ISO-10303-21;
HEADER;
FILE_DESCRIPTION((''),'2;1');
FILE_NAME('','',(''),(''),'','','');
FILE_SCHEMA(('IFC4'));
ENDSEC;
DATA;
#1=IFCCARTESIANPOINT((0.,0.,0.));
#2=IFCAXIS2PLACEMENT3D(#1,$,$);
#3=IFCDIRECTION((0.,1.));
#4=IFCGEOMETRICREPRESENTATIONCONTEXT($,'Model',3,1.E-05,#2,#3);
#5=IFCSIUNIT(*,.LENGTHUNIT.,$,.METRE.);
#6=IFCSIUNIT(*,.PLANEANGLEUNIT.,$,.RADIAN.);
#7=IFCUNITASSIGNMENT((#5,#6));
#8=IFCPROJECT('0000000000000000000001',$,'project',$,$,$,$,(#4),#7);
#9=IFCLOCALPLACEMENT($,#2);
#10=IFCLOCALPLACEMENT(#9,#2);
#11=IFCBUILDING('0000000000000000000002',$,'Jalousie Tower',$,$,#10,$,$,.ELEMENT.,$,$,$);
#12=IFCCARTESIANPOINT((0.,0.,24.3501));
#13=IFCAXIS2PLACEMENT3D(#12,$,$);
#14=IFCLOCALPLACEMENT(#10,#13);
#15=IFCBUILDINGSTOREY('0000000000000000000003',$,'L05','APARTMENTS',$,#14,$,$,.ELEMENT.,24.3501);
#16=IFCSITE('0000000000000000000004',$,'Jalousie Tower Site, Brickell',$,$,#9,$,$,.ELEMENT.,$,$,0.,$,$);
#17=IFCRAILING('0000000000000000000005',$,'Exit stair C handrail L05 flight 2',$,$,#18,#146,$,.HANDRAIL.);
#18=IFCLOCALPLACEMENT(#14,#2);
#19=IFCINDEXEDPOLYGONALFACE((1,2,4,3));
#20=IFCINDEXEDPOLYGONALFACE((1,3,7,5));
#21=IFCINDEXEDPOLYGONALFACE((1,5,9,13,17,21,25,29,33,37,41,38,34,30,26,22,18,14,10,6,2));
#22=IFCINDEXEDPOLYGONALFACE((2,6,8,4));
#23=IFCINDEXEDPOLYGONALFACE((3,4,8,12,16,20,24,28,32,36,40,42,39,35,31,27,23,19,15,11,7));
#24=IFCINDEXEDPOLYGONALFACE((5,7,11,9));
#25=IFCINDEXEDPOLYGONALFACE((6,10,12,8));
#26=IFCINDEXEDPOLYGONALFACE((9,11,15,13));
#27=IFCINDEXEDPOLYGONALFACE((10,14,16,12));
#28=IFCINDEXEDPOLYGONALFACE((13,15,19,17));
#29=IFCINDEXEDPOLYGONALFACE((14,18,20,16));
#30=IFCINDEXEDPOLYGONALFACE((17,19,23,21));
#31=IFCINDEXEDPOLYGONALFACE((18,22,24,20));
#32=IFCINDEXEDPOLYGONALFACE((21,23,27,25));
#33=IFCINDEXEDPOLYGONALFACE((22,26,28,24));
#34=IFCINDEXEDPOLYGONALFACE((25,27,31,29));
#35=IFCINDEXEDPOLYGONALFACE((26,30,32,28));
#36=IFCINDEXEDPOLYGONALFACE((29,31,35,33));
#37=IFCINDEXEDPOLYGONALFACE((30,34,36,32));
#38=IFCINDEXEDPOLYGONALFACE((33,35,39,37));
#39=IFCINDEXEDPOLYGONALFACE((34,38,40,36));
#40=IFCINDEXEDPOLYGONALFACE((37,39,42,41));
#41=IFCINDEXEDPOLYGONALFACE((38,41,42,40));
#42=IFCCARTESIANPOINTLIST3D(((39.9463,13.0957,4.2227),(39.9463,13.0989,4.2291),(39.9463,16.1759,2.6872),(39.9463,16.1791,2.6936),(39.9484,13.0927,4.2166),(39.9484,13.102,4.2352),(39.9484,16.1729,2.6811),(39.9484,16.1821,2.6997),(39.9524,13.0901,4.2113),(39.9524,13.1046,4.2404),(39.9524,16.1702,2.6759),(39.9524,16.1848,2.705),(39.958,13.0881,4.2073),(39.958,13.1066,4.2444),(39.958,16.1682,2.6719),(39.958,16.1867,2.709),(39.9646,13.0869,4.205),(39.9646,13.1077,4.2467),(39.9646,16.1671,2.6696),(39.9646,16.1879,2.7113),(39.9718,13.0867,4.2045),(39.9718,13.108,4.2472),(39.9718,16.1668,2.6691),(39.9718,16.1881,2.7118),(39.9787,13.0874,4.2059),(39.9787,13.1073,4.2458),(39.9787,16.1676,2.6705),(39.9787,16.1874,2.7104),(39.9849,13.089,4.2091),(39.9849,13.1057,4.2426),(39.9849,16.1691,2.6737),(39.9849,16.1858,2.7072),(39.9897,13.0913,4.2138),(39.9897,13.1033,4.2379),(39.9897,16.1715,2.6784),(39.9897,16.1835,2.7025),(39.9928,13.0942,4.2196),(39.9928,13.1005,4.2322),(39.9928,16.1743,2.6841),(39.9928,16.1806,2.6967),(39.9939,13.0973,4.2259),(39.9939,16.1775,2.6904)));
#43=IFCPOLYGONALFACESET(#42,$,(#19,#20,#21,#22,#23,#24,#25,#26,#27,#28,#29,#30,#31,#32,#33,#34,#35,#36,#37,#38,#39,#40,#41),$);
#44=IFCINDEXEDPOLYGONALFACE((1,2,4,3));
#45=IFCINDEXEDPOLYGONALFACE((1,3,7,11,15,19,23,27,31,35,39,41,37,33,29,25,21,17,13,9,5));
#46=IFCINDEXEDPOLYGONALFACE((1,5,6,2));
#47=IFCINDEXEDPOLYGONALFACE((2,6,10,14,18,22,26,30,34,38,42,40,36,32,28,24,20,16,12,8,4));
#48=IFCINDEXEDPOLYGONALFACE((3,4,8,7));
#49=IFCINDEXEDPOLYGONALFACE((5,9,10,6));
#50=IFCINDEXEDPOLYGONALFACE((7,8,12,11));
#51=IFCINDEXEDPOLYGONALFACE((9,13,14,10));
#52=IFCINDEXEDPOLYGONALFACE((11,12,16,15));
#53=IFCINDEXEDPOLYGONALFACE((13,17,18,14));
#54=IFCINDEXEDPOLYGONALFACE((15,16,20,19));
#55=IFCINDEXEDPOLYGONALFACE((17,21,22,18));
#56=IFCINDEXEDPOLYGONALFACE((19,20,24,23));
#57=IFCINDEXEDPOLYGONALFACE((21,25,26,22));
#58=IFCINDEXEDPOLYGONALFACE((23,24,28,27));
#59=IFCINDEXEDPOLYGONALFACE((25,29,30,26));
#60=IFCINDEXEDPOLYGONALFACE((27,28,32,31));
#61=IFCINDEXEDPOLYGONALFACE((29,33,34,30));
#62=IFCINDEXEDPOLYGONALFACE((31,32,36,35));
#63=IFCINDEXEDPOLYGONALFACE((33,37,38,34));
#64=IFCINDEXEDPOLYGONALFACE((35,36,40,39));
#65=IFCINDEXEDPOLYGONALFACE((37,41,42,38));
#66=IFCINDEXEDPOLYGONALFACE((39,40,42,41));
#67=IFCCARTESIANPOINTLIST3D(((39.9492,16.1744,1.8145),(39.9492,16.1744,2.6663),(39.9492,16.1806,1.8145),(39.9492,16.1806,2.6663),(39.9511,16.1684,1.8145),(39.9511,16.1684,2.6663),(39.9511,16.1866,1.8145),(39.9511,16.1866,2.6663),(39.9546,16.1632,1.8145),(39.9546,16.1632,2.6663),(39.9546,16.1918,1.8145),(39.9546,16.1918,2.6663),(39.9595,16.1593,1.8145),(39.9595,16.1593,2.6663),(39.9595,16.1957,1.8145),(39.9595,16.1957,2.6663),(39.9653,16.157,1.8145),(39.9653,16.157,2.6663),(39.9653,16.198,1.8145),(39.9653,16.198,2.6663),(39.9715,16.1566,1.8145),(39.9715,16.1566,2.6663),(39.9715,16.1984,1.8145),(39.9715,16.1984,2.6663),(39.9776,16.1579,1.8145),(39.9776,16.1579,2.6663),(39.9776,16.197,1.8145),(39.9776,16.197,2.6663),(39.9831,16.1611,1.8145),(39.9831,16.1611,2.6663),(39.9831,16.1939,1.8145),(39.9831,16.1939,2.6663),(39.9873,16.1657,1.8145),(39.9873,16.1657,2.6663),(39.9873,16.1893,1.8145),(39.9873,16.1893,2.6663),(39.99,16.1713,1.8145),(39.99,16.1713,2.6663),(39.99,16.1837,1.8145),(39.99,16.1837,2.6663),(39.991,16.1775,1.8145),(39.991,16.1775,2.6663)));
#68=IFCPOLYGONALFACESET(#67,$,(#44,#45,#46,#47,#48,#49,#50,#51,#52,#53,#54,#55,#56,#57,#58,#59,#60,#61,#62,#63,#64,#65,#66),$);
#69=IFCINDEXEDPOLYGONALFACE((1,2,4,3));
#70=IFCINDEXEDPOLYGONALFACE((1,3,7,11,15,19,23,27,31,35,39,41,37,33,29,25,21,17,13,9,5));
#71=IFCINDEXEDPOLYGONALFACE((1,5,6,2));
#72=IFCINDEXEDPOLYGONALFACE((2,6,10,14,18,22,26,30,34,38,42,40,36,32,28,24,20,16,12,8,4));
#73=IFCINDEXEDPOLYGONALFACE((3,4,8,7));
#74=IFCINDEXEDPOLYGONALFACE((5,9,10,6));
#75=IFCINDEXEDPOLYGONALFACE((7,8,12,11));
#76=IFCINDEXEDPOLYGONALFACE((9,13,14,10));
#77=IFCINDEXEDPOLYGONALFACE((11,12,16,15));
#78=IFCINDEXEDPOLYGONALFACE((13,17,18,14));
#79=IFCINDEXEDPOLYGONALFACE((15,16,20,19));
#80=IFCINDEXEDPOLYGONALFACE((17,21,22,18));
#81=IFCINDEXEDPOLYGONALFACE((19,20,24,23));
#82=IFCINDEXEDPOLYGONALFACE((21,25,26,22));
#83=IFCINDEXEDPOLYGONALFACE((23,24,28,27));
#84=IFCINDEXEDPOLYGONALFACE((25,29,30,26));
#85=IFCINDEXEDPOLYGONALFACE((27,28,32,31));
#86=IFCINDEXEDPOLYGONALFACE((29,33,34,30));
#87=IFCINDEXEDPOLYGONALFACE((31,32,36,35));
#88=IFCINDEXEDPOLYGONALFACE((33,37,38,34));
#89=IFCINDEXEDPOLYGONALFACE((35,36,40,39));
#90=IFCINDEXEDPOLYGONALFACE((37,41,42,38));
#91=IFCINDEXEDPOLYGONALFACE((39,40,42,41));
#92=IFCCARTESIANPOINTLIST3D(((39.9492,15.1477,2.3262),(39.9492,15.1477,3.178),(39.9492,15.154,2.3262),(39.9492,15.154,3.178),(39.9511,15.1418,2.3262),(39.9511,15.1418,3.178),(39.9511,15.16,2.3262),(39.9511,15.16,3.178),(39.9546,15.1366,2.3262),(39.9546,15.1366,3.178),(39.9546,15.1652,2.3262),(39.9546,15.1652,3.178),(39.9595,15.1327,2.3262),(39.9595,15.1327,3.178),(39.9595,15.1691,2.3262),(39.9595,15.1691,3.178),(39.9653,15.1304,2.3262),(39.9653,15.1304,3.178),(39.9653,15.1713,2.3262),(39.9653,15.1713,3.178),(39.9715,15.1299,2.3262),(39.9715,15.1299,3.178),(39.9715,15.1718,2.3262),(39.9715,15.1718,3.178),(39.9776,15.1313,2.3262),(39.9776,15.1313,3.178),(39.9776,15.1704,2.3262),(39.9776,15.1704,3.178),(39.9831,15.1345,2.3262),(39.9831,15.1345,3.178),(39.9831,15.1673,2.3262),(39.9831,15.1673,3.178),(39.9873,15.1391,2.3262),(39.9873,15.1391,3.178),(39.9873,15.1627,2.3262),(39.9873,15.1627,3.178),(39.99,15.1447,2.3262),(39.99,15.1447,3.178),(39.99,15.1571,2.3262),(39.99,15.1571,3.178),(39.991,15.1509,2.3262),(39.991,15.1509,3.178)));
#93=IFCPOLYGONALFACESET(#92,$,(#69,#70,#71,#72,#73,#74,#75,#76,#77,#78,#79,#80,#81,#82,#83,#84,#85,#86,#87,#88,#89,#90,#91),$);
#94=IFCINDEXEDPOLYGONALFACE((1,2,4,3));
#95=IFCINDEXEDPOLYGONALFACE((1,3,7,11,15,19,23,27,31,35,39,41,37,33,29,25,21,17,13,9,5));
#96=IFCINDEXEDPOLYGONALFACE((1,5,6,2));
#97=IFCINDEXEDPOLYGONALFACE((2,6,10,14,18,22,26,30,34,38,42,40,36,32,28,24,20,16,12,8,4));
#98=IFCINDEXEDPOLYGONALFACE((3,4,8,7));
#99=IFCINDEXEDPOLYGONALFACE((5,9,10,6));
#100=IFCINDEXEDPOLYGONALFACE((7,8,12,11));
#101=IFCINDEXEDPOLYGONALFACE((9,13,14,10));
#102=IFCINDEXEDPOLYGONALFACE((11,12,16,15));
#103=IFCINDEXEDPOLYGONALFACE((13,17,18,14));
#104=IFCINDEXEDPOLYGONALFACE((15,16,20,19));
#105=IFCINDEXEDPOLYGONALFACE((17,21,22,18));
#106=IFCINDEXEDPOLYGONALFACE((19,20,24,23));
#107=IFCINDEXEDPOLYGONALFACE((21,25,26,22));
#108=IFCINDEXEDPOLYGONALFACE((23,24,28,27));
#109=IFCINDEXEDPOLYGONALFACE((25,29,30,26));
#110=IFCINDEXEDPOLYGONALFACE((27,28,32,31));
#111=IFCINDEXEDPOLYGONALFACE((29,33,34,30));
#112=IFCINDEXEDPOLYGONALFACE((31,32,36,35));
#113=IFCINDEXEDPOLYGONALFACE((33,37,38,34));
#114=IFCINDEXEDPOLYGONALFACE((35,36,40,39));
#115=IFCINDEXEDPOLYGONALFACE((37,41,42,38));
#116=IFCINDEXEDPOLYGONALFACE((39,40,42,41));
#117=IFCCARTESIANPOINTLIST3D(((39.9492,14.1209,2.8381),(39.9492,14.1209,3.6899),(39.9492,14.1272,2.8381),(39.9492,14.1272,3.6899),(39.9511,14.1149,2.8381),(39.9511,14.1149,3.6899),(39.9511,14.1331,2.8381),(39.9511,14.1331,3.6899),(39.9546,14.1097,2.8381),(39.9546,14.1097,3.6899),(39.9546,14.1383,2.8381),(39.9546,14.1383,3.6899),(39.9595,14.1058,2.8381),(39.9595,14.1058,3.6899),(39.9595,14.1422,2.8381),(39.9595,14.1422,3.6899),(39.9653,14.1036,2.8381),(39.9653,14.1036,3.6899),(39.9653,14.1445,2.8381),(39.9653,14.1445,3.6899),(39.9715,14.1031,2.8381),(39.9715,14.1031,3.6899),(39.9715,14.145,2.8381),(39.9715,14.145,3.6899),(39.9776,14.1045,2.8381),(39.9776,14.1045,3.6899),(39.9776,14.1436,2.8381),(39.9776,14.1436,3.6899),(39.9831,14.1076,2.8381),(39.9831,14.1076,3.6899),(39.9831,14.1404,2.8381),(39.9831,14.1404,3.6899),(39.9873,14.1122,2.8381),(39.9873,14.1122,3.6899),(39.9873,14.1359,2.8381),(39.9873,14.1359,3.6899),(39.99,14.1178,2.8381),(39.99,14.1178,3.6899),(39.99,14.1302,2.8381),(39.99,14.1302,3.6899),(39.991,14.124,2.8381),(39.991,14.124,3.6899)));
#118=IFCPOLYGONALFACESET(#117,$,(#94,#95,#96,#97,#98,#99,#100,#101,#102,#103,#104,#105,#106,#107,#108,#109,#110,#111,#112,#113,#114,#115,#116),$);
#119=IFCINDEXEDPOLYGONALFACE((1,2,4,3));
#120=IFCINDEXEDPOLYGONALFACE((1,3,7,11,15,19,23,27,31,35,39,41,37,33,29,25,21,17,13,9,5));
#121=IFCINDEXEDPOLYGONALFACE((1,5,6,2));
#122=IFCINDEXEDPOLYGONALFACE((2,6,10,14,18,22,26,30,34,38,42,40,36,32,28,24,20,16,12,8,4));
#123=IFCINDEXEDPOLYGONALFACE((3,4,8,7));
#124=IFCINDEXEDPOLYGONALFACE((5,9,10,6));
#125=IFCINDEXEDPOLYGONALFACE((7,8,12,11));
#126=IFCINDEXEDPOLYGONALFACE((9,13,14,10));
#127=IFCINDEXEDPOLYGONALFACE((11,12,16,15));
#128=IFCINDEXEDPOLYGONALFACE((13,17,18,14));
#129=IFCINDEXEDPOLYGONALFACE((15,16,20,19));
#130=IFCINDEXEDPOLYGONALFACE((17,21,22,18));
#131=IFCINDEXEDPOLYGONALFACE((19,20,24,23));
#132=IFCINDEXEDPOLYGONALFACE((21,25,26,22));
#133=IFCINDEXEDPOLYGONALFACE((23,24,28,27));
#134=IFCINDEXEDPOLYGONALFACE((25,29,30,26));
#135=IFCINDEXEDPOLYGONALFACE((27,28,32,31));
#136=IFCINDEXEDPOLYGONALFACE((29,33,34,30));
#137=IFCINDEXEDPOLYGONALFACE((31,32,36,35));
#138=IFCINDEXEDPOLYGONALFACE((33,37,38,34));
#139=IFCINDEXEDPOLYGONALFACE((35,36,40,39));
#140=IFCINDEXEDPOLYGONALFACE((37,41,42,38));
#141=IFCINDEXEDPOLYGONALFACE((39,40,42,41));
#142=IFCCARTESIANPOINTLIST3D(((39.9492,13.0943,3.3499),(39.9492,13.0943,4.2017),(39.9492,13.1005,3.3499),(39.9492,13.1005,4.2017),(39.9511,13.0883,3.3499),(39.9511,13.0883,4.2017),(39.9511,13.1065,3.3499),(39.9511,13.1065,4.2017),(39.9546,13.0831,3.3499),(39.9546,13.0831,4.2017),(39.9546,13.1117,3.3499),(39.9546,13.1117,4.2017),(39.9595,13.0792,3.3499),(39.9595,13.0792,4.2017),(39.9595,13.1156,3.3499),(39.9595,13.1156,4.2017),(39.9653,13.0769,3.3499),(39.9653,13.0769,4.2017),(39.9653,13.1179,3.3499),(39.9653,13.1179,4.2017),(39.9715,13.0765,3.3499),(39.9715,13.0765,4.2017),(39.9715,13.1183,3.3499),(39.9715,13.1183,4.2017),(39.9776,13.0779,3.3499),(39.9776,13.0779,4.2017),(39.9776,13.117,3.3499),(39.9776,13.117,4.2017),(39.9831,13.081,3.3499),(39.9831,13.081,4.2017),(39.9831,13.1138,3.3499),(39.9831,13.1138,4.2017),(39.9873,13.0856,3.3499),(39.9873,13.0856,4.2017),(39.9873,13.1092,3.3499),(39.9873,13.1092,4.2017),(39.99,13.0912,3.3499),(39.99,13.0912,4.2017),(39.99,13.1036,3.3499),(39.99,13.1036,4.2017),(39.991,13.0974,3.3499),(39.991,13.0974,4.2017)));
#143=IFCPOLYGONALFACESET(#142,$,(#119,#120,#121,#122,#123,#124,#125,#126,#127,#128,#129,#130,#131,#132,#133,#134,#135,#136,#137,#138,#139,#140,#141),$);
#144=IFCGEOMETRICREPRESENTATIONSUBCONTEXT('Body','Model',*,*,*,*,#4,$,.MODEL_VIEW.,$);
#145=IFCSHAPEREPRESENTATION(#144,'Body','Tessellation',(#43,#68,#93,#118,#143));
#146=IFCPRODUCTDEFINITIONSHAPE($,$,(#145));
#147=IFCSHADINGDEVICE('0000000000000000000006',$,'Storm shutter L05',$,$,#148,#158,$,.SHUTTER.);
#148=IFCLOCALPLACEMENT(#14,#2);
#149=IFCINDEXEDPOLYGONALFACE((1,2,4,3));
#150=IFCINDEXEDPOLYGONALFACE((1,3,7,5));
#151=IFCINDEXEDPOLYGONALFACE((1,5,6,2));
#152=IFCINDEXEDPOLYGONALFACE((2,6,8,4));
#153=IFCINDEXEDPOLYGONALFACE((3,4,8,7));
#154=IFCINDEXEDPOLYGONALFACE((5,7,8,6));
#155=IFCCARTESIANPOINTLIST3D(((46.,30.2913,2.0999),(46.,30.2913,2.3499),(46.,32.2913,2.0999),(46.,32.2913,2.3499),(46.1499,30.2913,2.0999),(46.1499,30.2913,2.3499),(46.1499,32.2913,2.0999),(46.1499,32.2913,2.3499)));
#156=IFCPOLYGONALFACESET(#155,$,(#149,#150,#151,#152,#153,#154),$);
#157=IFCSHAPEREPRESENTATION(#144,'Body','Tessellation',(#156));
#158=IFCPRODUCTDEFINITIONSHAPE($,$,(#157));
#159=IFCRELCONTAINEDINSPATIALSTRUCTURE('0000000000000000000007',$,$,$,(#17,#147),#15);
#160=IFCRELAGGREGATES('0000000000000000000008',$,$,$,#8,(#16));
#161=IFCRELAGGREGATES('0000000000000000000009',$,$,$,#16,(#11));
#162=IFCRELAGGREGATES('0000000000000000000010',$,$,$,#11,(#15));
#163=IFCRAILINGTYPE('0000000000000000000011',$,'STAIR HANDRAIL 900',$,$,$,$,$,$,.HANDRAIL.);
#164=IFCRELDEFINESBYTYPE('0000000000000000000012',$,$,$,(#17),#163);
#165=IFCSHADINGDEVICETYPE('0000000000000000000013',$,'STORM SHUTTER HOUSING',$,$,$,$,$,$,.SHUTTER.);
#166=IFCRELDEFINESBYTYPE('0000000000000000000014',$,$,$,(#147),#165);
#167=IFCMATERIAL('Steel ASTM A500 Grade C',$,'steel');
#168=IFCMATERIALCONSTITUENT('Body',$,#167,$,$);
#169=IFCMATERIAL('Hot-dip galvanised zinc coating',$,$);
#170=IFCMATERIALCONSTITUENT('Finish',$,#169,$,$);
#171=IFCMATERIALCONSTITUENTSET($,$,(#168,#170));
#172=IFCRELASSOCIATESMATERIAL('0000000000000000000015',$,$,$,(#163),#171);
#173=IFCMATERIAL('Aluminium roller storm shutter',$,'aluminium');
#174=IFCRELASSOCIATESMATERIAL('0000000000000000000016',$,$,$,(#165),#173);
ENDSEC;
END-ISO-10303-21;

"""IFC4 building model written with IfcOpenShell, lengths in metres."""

from ifc_helpers import new_model, si_unit, direction, frame, origin, origin_2d, place, context, subcontext, project, spatial, rectangle, circle, extrude, material, constituent, constituent_set, type_object, element, save


model = new_model("IFC4")

# Units and contexts
model_context = context("Model", 3, precision=1e-05, world=origin(), true_north=direction((0.0, 1.0)))
body_context = subcontext(model_context, "Body", "Model", "MODEL_VIEW")
ifc_project = project(units=[si_unit("LENGTHUNIT", "METRE"), si_unit("PLANEANGLEUNIT", "RADIAN")], contexts=[model_context])

# Site, building, storey
site_placement = place(None, origin())
site = spatial("IfcSite", under=ifc_project, at=site_placement, Name="Jalousie Tower Site, Brickell", CompositionType="ELEMENT", RefElevation=0.0)
building_placement = place(site_placement, origin())
building = spatial("IfcBuilding", under=site, at=building_placement, Name="Jalousie Tower", CompositionType="ELEMENT")
storey_placement = place(building_placement, frame((0.0, 0.0, 24.3501)))
storey = spatial("IfcBuildingStorey", under=building, at=storey_placement, Name="L05", Description="APARTMENTS", CompositionType="ELEMENT", Elevation=24.3501)

# Railing
ifc_material_1 = material(Name="Steel ASTM A500 Grade C", Category="steel")
ifc_constituent_1 = constituent(ifc_material_1, Name="Body")
ifc_material_2 = material(Name="Hot-dip galvanised zinc coating")
ifc_constituent_2 = constituent(ifc_material_2, Name="Finish")
ifc_constituent_set_1 = constituent_set(constituents=[ifc_constituent_1, ifc_constituent_2])
railing_type_1 = type_object("IfcRailingType", Name="STAIR HANDRAIL 900", PredefinedType="HANDRAIL", material=ifc_constituent_set_1)
railing_1_placement = place(storey_placement, frame((39.97, 16.1775, 1.8145)))
element("IfcRailing", 1, at=railing_1_placement, inside=storey, type_object=railing_type_1, Name="Exit stair C handrail L05 flight 2", PredefinedType="HANDRAIL", context=body_context, shape_type="SweptSolid", body=[
    extrude(circle(Radius=0.0239, at=origin_2d()), frame((0.0, 0.0, 0.876), z_axis=(0.0, -0.894966, 0.446135), x_axis=(1.0, 0.0, 0.0)), (0.0, 0.0, 1.0), 3.4417),
    extrude(circle(Radius=0.021, at=origin_2d()), origin(), (0.0, 0.0, 1.0), 0.8518),
    extrude(circle(Radius=0.021, at=origin_2d()), frame((0.0, -1.0266, 0.5117)), (0.0, 0.0, 1.0), 0.8518),
    extrude(circle(Radius=0.021, at=origin_2d()), frame((0.0, -2.0535, 1.0237)), (0.0, 0.0, 1.0), 0.8518),
    extrude(circle(Radius=0.021, at=origin_2d()), frame((0.0, -3.0801, 1.5354)), (0.0, 0.0, 1.0), 0.8518),
])

# Shading device
ifc_material_3 = material(Name="Aluminium roller storm shutter", Category="aluminium")
shading_device_type = type_object("IfcShadingDeviceType", Name="STORM SHUTTER HOUSING", PredefinedType="SHUTTER", material=ifc_material_3)
shading_device_placement = place(storey_placement, frame((46.075, 31.2913, 2.0999), z_axis=(0.0, 0.0, 1.0), x_axis=(0.0, 1.0, 0.0)))
element("IfcShadingDevice", 2, at=shading_device_placement, inside=storey, type_object=shading_device_type, Name="Storm shutter L05", PredefinedType="SHUTTER", context=body_context, shape_type="SweptSolid", body=[
    extrude(rectangle(XDim=2.0, YDim=0.1499, at=origin_2d()), origin(), (0.0, 0.0, 1.0), 0.25),
])

save(model, "model.ifc")
